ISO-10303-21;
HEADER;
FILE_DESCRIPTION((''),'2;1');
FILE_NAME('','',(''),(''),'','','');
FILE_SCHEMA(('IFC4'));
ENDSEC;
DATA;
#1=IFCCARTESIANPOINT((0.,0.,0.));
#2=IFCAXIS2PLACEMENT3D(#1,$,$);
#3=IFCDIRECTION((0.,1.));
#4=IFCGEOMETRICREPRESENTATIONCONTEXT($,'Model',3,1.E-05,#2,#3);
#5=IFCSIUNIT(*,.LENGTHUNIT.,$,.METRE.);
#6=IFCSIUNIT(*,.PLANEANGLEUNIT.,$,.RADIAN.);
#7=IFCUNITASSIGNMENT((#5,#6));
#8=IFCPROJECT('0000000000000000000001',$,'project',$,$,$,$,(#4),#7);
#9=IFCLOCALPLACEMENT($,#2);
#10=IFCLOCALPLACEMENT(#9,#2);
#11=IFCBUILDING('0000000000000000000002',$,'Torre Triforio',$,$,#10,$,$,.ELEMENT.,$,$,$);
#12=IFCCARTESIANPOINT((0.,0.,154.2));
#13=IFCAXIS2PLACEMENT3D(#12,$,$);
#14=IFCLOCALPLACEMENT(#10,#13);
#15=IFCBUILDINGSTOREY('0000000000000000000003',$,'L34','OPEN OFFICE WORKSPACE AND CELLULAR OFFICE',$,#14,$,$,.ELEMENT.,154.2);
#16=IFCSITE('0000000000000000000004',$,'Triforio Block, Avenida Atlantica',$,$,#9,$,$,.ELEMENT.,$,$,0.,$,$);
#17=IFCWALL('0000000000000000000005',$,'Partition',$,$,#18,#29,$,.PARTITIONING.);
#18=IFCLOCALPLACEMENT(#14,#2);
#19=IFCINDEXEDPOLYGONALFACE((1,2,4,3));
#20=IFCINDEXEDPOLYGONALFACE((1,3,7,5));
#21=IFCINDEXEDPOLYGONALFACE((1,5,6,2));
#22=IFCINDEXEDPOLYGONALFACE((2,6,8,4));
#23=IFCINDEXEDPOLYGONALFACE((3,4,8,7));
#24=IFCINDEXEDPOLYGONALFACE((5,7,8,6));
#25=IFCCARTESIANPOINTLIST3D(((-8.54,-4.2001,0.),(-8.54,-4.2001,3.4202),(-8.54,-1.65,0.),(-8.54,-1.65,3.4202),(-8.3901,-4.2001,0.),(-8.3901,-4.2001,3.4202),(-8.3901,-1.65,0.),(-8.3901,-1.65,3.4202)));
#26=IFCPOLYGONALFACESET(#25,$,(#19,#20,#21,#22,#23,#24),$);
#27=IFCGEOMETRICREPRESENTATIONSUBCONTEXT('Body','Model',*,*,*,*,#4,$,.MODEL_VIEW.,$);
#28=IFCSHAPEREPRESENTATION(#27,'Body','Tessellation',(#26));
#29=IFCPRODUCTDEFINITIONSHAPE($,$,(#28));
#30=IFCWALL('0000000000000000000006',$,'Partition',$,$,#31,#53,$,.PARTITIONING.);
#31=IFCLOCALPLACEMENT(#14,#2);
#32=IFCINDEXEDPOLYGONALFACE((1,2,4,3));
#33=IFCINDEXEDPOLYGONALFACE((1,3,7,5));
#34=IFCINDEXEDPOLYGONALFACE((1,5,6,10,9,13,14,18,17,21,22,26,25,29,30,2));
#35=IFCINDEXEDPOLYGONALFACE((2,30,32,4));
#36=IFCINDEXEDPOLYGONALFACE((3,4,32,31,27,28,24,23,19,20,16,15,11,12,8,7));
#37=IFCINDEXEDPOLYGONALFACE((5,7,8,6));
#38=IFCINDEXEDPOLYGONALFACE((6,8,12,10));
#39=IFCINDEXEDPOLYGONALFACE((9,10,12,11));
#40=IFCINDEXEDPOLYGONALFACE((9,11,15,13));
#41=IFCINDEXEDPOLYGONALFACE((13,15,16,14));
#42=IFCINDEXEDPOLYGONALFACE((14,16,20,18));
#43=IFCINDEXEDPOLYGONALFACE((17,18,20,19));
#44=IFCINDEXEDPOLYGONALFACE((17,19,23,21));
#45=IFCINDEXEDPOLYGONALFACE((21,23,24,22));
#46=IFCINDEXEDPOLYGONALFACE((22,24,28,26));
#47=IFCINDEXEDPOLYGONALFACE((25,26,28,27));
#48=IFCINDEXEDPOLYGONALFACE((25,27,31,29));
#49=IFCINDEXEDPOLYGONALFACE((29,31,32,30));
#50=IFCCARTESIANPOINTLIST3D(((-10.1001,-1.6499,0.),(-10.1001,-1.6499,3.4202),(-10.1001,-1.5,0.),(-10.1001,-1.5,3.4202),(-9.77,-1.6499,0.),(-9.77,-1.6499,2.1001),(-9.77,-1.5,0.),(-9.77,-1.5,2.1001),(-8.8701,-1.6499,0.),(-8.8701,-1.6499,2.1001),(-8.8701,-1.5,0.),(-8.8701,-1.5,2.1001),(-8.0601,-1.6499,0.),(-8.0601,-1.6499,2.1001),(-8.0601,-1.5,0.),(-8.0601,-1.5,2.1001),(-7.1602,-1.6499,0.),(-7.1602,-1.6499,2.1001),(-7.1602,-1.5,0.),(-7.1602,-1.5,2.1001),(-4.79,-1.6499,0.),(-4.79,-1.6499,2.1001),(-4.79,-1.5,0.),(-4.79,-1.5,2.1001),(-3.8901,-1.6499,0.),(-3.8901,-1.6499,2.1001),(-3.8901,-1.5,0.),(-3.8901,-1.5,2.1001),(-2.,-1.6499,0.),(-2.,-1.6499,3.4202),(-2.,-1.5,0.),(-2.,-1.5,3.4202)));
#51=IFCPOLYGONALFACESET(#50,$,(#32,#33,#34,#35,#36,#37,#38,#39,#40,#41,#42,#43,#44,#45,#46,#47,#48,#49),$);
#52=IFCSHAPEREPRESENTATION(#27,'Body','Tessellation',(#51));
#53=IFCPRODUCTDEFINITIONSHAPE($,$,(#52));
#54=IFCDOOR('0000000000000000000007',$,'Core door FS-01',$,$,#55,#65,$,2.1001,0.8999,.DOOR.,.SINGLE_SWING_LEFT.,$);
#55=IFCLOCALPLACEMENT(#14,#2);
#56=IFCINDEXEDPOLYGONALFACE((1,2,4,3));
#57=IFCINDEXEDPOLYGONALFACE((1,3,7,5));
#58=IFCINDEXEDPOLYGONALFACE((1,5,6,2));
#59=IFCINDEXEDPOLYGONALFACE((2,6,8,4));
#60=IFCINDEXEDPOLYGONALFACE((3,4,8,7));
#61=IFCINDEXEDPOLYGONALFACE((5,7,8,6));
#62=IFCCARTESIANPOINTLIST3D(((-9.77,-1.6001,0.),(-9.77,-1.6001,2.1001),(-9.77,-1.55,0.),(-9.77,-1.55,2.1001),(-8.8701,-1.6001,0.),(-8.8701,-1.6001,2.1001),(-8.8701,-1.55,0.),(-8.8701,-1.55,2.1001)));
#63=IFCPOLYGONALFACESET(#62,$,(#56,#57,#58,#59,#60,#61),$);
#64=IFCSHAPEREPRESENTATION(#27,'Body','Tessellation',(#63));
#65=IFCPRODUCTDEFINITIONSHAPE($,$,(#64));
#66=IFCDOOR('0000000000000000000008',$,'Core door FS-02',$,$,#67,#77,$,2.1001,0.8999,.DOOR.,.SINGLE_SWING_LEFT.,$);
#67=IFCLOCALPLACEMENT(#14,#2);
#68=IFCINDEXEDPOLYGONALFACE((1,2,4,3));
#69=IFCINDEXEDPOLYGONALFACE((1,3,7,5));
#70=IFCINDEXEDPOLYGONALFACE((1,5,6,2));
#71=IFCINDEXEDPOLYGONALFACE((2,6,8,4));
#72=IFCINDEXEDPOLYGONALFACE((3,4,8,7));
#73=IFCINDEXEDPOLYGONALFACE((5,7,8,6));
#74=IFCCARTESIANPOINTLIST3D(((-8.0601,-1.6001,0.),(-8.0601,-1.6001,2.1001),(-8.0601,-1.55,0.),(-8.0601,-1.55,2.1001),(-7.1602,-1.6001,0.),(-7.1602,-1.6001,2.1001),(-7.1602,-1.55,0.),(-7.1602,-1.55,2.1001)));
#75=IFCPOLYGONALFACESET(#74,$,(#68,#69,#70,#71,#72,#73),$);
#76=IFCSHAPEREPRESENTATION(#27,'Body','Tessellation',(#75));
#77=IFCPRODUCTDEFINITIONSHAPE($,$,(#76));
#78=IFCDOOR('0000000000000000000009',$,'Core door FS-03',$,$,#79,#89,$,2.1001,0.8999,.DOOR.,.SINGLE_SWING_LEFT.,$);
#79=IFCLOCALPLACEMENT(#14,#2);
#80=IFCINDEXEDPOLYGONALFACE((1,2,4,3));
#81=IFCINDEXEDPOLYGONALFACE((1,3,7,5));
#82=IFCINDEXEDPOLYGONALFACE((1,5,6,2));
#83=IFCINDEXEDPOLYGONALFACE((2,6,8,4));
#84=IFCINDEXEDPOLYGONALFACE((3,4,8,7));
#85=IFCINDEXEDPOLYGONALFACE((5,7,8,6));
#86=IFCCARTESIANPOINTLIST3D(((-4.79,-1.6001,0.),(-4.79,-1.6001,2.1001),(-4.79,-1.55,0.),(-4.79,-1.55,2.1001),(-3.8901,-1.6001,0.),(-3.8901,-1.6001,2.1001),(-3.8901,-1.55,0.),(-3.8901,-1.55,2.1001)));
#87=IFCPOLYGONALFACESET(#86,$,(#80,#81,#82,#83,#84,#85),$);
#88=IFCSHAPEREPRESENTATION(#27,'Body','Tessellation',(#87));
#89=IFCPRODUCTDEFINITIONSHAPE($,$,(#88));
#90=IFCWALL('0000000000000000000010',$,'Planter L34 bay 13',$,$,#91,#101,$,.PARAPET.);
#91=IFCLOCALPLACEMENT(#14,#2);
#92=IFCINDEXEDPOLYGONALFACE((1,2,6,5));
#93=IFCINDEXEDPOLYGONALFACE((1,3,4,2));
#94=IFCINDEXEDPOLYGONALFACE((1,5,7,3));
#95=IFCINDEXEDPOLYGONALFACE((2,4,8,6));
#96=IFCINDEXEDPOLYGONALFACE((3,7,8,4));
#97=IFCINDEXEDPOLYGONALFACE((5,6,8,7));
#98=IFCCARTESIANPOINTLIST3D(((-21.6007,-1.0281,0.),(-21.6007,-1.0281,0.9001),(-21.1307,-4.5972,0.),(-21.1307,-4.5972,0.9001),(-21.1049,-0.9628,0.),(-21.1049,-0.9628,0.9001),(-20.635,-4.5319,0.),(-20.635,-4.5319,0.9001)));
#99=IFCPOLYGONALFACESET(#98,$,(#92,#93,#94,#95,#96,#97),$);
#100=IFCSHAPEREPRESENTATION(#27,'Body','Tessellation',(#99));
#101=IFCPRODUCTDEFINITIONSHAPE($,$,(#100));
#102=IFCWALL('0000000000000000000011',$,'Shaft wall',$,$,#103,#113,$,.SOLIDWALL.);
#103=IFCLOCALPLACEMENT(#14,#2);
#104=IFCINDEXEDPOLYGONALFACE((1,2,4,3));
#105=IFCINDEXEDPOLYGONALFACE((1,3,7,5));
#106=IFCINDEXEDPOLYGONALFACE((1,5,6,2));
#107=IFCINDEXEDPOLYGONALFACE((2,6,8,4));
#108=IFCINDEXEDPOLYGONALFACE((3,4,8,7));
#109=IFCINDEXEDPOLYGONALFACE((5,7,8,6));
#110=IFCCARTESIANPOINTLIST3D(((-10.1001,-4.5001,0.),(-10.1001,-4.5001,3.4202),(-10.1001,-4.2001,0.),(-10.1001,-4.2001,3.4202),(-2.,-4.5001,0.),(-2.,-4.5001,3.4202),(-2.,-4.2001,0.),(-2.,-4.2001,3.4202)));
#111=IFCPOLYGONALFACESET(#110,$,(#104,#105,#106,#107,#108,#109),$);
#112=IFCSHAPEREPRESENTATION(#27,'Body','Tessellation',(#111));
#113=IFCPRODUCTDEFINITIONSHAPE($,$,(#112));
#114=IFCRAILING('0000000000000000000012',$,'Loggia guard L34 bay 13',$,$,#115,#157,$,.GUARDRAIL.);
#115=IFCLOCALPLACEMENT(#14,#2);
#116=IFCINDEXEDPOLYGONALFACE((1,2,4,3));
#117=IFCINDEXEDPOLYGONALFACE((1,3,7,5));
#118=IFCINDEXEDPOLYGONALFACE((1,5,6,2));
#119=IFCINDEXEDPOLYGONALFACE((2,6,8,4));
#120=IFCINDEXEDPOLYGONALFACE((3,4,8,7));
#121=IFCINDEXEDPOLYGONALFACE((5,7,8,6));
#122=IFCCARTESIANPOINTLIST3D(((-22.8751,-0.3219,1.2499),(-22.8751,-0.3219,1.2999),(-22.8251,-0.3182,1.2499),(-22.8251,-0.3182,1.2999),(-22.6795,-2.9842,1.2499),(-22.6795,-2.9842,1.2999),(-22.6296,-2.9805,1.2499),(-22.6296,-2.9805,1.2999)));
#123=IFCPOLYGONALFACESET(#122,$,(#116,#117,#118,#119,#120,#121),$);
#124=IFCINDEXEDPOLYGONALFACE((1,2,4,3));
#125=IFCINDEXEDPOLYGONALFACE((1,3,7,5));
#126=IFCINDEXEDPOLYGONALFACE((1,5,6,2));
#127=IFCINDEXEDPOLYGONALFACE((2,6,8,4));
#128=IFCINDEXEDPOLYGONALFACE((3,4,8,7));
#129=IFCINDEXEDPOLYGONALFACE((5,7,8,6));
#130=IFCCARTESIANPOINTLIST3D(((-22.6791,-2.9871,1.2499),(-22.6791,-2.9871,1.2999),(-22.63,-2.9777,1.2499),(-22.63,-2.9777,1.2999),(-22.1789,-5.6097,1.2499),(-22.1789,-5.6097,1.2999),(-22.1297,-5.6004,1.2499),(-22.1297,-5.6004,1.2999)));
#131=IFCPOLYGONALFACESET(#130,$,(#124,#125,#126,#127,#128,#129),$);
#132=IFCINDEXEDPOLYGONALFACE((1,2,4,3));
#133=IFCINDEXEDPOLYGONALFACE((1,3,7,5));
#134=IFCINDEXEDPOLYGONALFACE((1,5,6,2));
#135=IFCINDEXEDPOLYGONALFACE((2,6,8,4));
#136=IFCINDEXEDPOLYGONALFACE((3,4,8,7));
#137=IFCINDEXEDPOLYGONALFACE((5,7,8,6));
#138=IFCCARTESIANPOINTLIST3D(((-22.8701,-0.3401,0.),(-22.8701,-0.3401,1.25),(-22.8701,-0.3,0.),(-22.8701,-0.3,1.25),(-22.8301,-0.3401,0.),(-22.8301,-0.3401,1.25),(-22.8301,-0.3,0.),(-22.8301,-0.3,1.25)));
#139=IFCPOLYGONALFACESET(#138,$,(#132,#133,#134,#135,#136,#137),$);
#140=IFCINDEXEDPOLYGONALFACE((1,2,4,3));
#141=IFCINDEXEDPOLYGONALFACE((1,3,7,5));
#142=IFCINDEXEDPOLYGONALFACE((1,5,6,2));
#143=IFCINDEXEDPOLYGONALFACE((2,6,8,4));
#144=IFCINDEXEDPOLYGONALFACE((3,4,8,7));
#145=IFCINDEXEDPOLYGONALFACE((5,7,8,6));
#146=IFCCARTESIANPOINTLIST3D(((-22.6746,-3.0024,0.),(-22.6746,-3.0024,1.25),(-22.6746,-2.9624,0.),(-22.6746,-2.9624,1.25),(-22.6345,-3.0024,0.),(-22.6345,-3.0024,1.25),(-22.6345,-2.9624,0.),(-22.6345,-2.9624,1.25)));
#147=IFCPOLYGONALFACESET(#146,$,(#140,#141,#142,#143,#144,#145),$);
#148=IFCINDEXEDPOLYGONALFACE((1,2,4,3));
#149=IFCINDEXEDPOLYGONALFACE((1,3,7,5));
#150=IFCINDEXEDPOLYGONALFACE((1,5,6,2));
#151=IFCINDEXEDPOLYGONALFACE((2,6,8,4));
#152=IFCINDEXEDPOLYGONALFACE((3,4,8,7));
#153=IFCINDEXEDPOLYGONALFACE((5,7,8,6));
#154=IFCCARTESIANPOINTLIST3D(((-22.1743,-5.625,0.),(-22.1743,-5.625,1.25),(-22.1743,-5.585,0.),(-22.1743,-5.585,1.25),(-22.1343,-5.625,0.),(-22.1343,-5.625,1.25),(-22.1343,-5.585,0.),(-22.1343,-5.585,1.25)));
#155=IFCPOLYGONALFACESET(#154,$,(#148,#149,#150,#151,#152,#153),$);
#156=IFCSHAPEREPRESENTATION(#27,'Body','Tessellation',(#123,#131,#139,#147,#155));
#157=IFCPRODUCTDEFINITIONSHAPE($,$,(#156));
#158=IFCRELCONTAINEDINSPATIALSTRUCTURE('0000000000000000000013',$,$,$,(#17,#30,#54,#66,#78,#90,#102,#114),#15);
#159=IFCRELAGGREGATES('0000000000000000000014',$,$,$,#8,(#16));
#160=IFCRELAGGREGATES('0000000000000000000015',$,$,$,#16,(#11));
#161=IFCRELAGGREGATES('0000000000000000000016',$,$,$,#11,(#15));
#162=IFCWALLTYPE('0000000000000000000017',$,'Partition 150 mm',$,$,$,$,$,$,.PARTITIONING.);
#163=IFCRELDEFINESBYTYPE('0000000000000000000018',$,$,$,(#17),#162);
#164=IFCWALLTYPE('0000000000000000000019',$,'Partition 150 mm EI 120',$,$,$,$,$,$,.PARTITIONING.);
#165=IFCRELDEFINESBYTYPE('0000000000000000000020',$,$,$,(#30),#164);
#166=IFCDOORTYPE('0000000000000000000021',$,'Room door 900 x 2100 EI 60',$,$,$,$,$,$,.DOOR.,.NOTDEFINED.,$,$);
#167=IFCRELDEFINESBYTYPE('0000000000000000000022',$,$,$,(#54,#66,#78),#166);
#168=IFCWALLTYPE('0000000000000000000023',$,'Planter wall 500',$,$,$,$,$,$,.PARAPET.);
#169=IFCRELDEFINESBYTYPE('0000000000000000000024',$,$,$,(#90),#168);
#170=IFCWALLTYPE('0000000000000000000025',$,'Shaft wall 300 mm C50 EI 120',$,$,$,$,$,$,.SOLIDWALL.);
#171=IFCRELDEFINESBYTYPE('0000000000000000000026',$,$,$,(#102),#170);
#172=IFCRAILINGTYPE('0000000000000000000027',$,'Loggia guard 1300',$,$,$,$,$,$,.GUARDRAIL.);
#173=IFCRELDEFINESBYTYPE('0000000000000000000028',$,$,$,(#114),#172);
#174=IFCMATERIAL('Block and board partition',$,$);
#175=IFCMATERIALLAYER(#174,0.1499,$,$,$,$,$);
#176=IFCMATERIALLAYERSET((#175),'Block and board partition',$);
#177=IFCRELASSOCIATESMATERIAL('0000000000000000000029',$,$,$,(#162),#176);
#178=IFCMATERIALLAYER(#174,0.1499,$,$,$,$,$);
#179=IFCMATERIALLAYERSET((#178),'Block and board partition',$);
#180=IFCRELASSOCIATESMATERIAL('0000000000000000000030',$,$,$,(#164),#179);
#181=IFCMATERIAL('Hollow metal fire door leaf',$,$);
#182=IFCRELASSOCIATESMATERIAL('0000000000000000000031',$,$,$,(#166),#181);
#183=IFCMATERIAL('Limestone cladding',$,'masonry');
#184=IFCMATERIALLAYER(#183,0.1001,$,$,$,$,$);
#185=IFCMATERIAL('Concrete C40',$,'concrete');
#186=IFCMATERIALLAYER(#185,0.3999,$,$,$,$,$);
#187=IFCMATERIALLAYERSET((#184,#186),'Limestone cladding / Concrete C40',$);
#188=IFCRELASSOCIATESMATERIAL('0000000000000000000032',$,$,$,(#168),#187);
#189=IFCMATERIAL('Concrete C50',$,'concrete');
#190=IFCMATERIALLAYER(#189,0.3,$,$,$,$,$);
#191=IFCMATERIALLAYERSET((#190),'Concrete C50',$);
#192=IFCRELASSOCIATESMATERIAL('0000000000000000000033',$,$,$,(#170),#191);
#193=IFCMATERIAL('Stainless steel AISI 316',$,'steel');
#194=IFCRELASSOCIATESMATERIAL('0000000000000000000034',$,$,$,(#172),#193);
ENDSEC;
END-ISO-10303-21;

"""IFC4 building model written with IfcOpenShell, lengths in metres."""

from ifc_helpers import new_model, si_unit, direction, frame, frame_2d, origin, origin_2d, place, context, subcontext, project, spatial, rectangle, extrude, material, layer, layer_set, type_object, element, fill, save


model = new_model("IFC4")

# Units and contexts
model_context = context("Model", 3, precision=1e-05, world=origin(), true_north=direction((0.0, 1.0)))
body_context = subcontext(model_context, "Body", "Model", "MODEL_VIEW")
ifc_project = project(units=[si_unit("LENGTHUNIT", "METRE"), si_unit("PLANEANGLEUNIT", "RADIAN")], contexts=[model_context])

# Site, building, storey
site_placement = place(None, origin())
site = spatial("IfcSite", under=ifc_project, at=site_placement, Name="Triforio Block, Avenida Atlantica", CompositionType="ELEMENT", RefElevation=0.0)
building_placement = place(site_placement, origin())
building = spatial("IfcBuilding", under=site, at=building_placement, Name="Torre Triforio", CompositionType="ELEMENT")
storey_placement = place(building_placement, frame((0.0, 0.0, 154.2)))
storey = spatial("IfcBuildingStorey", under=building, at=storey_placement, Name="L34", Description="OPEN OFFICE WORKSPACE AND CELLULAR OFFICE", CompositionType="ELEMENT", Elevation=154.2)

# Shared definitions
ifc_material_1 = material(Name="Concrete C50", Category="concrete")

# Shared definitions
ifc_material_2 = material(Name="Concrete C40", Category="concrete")

# Shared definitions
ifc_material_3 = material(Name="Hollow metal fire door leaf")

# Wall
ifc_material_4 = material(Name="Block and board partition")
ifc_layer_1 = layer(ifc_material_4, 0.1499)
ifc_layer_set_1 = layer_set([ifc_layer_1], Name="Block and board partition")
wall_type_1 = type_object("IfcWallType", Name="Partition 150 mm", PredefinedType="PARTITIONING", material=ifc_layer_set_1)
wall_1_placement = place(storey_placement, frame((-8.4651, -4.2, 0.0), z_axis=(0.0, 0.0, 1.0), x_axis=(0.0, 1.0, 0.0)))
element("IfcWall", 1, at=wall_1_placement, inside=storey, type_object=wall_type_1, Name="Partition", PredefinedType="PARTITIONING", context=body_context, shape_type="SweptSolid", body=[
    extrude(rectangle(XDim=2.55, YDim=0.1499, at=frame_2d((1.2749, 0.0))), origin(), (0.0, 0.0, 1.0), 3.4202),
])

# Wall, openings, doors
ifc_layer_2 = layer(ifc_material_4, 0.1499)
ifc_layer_set_2 = layer_set([ifc_layer_2], Name="Block and board partition")
wall_type_2 = type_object("IfcWallType", Name="Partition 150 mm EI 120", PredefinedType="PARTITIONING", material=ifc_layer_set_2)
wall_2_placement = place(storey_placement, frame((-10.1001, -1.575, 0.0), z_axis=(0.0, 0.0, 1.0), x_axis=(1.0, 0.0, 0.0)))
wall_2 = element("IfcWall", 2, at=wall_2_placement, inside=storey, type_object=wall_type_2, Name="Partition", PredefinedType="PARTITIONING", context=body_context, shape_type="SweptSolid", body=[
    extrude(rectangle(XDim=8.1001, YDim=0.1499, at=frame_2d((4.05, 0.0))), origin(), (0.0, 0.0, 1.0), 3.4202),
])
opening_1_placement = place(wall_2_placement, frame((0.3301, 0.0, 0.0)))
opening_1 = element("IfcOpeningElement", 3, at=opening_1_placement, cuts=wall_2, PredefinedType="OPENING", context=body_context, shape_type="SweptSolid", body=[
    extrude(rectangle(XDim=0.8999, YDim=2.1001, at=frame_2d((0.45, 1.05))), frame((0.0, 0.085, 0.0), z_axis=(0.0, -1.0, 0.0), x_axis=(1.0, 0.0, 0.0)), (0.0, 0.0, 1.0), 0.1699),
])
opening_2_placement = place(wall_2_placement, frame((2.04, 0.0, 0.0)))
opening_2 = element("IfcOpeningElement", 4, at=opening_2_placement, cuts=wall_2, PredefinedType="OPENING", context=body_context, shape_type="SweptSolid", body=[
    extrude(rectangle(XDim=0.8999, YDim=2.1001, at=frame_2d((0.45, 1.05))), frame((0.0, 0.085, 0.0), z_axis=(0.0, -1.0, 0.0), x_axis=(1.0, 0.0, 0.0)), (0.0, 0.0, 1.0), 0.1699),
])
opening_3_placement = place(wall_2_placement, frame((5.3101, 0.0, 0.0)))
opening_3 = element("IfcOpeningElement", 5, at=opening_3_placement, cuts=wall_2, PredefinedType="OPENING", context=body_context, shape_type="SweptSolid", body=[
    extrude(rectangle(XDim=0.8999, YDim=2.1001, at=frame_2d((0.45, 1.05))), frame((0.0, 0.085, 0.0), z_axis=(0.0, -1.0, 0.0), x_axis=(1.0, 0.0, 0.0)), (0.0, 0.0, 1.0), 0.1699),
])
door_type_1 = type_object("IfcDoorType", Name="Room door 900 x 2100 EI 60", OperationType="NOTDEFINED", PredefinedType="DOOR", material=ifc_material_3)
door_1_placement = place(opening_1_placement, origin())
door_1 = element("IfcDoor", 6, at=door_1_placement, inside=storey, type_object=door_type_1, Name="Core door FS-01", OperationType="SINGLE_SWING_LEFT", OverallHeight=2.1001, OverallWidth=0.8999, PredefinedType="DOOR", context=body_context, shape_type="SweptSolid", body=[
    extrude(rectangle(XDim=0.8999, YDim=2.1001, at=frame_2d((0.45, 1.05))), frame((0.0, 0.0249, 0.0), z_axis=(0.0, -1.0, 0.0), x_axis=(1.0, 0.0, 0.0)), (0.0, 0.0, 1.0), 0.05),
])
fill(opening_1, door_1)
door_2_placement = place(opening_2_placement, origin())
door_2 = element("IfcDoor", 7, at=door_2_placement, inside=storey, type_object=door_type_1, Name="Core door FS-02", OperationType="SINGLE_SWING_LEFT", OverallHeight=2.1001, OverallWidth=0.8999, PredefinedType="DOOR", context=body_context, shape_type="SweptSolid", body=[
    extrude(rectangle(XDim=0.8999, YDim=2.1001, at=frame_2d((0.45, 1.05))), frame((0.0, 0.0249, 0.0), z_axis=(0.0, -1.0, 0.0), x_axis=(1.0, 0.0, 0.0)), (0.0, 0.0, 1.0), 0.05),
])
fill(opening_2, door_2)
door_3_placement = place(opening_3_placement, origin())
door_3 = element("IfcDoor", 8, at=door_3_placement, inside=storey, type_object=door_type_1, Name="Core door FS-03", OperationType="SINGLE_SWING_LEFT", OverallHeight=2.1001, OverallWidth=0.8999, PredefinedType="DOOR", context=body_context, shape_type="SweptSolid", body=[
    extrude(rectangle(XDim=0.8999, YDim=2.1001, at=frame_2d((0.45, 1.05))), frame((0.0, 0.0249, 0.0), z_axis=(0.0, -1.0, 0.0), x_axis=(1.0, 0.0, 0.0)), (0.0, 0.0, 1.0), 0.05),
])
fill(opening_3, door_3)

# Walls
ifc_material_5 = material(Name="Limestone cladding", Category="masonry")
ifc_layer_3 = layer(ifc_material_5, 0.1001)
ifc_layer_4 = layer(ifc_material_2, 0.3999)
ifc_layer_set_3 = layer_set([ifc_layer_3, ifc_layer_4], Name="Limestone cladding / Concrete C40")
wall_type_3 = type_object("IfcWallType", Name="Planter wall 500", PredefinedType="PARAPET", material=ifc_layer_set_3)
wall_3_placement = place(storey_placement, frame((-21.3528, -0.9956, 0.0), z_axis=(0.0, 0.0, 1.0), x_axis=(0.130551, -0.991442, 0.0)))
element("IfcWall", 9, at=wall_3_placement, inside=storey, type_object=wall_type_3, Name="Planter L34 bay 13", PredefinedType="PARAPET", context=body_context, shape_type="SweptSolid", body=[
    extrude(rectangle(XDim=3.5999, YDim=0.5, at=frame_2d((1.7998, 0.0))), origin(), (0.0, 0.0, 1.0), 0.9001),
])
ifc_layer_5 = layer(ifc_material_1, 0.3)
ifc_layer_set_4 = layer_set([ifc_layer_5], Name="Concrete C50")
wall_type_4 = type_object("IfcWallType", Name="Shaft wall 300 mm C50 EI 120", PredefinedType="SOLIDWALL", material=ifc_layer_set_4)
wall_4_placement = place(storey_placement, frame((-10.1001, -4.3501, 0.0), z_axis=(0.0, 0.0, 1.0), x_axis=(1.0, 0.0, 0.0)))
element("IfcWall", 10, at=wall_4_placement, inside=storey, type_object=wall_type_4, Name="Shaft wall", PredefinedType="SOLIDWALL", context=body_context, shape_type="SweptSolid", body=[
    extrude(rectangle(XDim=8.1001, YDim=0.3, at=frame_2d((4.05, 0.0))), origin(), (0.0, 0.0, 1.0), 3.4202),
])

# Railing
ifc_material_6 = material(Name="Stainless steel AISI 316", Category="steel")
railing_type = type_object("IfcRailingType", Name="Loggia guard 1300", PredefinedType="GUARDRAIL", material=ifc_material_6)
railing_1_placement = place(storey_placement, frame((-22.8501, -0.3201, 0.0)))
element("IfcRailing", 11, at=railing_1_placement, inside=storey, type_object=railing_type, Name="Loggia guard L34 bay 13", PredefinedType="GUARDRAIL", context=body_context, shape_type="SweptSolid", body=[
    extrude(rectangle(XDim=0.05, YDim=0.05, at=origin_2d()), frame((0.0, 0.0, 1.2749), z_axis=(0.073255, -0.997313, 0.0), x_axis=(0.997313, 0.073255, 0.0)), (0.0, 0.0, 1.0), 2.6694),
    extrude(rectangle(XDim=0.05, YDim=0.05, at=origin_2d()), frame((0.1956, -2.6624, 1.2749), z_axis=(0.187368, -0.98229, 0.0), x_axis=(0.98229, 0.187368, 0.0)), (0.0, 0.0, 1.0), 2.6699),
    extrude(rectangle(XDim=0.04, YDim=0.04, at=origin_2d()), origin(), (0.0, 0.0, 1.0), 1.25),
    extrude(rectangle(XDim=0.04, YDim=0.04, at=origin_2d()), frame((0.1956, -2.6624, 0.0)), (0.0, 0.0, 1.0), 1.25),
    extrude(rectangle(XDim=0.04, YDim=0.04, at=origin_2d()), frame((0.6958, -5.2849, 0.0)), (0.0, 0.0, 1.0), 1.25),
])

save(model, "model.ifc")
